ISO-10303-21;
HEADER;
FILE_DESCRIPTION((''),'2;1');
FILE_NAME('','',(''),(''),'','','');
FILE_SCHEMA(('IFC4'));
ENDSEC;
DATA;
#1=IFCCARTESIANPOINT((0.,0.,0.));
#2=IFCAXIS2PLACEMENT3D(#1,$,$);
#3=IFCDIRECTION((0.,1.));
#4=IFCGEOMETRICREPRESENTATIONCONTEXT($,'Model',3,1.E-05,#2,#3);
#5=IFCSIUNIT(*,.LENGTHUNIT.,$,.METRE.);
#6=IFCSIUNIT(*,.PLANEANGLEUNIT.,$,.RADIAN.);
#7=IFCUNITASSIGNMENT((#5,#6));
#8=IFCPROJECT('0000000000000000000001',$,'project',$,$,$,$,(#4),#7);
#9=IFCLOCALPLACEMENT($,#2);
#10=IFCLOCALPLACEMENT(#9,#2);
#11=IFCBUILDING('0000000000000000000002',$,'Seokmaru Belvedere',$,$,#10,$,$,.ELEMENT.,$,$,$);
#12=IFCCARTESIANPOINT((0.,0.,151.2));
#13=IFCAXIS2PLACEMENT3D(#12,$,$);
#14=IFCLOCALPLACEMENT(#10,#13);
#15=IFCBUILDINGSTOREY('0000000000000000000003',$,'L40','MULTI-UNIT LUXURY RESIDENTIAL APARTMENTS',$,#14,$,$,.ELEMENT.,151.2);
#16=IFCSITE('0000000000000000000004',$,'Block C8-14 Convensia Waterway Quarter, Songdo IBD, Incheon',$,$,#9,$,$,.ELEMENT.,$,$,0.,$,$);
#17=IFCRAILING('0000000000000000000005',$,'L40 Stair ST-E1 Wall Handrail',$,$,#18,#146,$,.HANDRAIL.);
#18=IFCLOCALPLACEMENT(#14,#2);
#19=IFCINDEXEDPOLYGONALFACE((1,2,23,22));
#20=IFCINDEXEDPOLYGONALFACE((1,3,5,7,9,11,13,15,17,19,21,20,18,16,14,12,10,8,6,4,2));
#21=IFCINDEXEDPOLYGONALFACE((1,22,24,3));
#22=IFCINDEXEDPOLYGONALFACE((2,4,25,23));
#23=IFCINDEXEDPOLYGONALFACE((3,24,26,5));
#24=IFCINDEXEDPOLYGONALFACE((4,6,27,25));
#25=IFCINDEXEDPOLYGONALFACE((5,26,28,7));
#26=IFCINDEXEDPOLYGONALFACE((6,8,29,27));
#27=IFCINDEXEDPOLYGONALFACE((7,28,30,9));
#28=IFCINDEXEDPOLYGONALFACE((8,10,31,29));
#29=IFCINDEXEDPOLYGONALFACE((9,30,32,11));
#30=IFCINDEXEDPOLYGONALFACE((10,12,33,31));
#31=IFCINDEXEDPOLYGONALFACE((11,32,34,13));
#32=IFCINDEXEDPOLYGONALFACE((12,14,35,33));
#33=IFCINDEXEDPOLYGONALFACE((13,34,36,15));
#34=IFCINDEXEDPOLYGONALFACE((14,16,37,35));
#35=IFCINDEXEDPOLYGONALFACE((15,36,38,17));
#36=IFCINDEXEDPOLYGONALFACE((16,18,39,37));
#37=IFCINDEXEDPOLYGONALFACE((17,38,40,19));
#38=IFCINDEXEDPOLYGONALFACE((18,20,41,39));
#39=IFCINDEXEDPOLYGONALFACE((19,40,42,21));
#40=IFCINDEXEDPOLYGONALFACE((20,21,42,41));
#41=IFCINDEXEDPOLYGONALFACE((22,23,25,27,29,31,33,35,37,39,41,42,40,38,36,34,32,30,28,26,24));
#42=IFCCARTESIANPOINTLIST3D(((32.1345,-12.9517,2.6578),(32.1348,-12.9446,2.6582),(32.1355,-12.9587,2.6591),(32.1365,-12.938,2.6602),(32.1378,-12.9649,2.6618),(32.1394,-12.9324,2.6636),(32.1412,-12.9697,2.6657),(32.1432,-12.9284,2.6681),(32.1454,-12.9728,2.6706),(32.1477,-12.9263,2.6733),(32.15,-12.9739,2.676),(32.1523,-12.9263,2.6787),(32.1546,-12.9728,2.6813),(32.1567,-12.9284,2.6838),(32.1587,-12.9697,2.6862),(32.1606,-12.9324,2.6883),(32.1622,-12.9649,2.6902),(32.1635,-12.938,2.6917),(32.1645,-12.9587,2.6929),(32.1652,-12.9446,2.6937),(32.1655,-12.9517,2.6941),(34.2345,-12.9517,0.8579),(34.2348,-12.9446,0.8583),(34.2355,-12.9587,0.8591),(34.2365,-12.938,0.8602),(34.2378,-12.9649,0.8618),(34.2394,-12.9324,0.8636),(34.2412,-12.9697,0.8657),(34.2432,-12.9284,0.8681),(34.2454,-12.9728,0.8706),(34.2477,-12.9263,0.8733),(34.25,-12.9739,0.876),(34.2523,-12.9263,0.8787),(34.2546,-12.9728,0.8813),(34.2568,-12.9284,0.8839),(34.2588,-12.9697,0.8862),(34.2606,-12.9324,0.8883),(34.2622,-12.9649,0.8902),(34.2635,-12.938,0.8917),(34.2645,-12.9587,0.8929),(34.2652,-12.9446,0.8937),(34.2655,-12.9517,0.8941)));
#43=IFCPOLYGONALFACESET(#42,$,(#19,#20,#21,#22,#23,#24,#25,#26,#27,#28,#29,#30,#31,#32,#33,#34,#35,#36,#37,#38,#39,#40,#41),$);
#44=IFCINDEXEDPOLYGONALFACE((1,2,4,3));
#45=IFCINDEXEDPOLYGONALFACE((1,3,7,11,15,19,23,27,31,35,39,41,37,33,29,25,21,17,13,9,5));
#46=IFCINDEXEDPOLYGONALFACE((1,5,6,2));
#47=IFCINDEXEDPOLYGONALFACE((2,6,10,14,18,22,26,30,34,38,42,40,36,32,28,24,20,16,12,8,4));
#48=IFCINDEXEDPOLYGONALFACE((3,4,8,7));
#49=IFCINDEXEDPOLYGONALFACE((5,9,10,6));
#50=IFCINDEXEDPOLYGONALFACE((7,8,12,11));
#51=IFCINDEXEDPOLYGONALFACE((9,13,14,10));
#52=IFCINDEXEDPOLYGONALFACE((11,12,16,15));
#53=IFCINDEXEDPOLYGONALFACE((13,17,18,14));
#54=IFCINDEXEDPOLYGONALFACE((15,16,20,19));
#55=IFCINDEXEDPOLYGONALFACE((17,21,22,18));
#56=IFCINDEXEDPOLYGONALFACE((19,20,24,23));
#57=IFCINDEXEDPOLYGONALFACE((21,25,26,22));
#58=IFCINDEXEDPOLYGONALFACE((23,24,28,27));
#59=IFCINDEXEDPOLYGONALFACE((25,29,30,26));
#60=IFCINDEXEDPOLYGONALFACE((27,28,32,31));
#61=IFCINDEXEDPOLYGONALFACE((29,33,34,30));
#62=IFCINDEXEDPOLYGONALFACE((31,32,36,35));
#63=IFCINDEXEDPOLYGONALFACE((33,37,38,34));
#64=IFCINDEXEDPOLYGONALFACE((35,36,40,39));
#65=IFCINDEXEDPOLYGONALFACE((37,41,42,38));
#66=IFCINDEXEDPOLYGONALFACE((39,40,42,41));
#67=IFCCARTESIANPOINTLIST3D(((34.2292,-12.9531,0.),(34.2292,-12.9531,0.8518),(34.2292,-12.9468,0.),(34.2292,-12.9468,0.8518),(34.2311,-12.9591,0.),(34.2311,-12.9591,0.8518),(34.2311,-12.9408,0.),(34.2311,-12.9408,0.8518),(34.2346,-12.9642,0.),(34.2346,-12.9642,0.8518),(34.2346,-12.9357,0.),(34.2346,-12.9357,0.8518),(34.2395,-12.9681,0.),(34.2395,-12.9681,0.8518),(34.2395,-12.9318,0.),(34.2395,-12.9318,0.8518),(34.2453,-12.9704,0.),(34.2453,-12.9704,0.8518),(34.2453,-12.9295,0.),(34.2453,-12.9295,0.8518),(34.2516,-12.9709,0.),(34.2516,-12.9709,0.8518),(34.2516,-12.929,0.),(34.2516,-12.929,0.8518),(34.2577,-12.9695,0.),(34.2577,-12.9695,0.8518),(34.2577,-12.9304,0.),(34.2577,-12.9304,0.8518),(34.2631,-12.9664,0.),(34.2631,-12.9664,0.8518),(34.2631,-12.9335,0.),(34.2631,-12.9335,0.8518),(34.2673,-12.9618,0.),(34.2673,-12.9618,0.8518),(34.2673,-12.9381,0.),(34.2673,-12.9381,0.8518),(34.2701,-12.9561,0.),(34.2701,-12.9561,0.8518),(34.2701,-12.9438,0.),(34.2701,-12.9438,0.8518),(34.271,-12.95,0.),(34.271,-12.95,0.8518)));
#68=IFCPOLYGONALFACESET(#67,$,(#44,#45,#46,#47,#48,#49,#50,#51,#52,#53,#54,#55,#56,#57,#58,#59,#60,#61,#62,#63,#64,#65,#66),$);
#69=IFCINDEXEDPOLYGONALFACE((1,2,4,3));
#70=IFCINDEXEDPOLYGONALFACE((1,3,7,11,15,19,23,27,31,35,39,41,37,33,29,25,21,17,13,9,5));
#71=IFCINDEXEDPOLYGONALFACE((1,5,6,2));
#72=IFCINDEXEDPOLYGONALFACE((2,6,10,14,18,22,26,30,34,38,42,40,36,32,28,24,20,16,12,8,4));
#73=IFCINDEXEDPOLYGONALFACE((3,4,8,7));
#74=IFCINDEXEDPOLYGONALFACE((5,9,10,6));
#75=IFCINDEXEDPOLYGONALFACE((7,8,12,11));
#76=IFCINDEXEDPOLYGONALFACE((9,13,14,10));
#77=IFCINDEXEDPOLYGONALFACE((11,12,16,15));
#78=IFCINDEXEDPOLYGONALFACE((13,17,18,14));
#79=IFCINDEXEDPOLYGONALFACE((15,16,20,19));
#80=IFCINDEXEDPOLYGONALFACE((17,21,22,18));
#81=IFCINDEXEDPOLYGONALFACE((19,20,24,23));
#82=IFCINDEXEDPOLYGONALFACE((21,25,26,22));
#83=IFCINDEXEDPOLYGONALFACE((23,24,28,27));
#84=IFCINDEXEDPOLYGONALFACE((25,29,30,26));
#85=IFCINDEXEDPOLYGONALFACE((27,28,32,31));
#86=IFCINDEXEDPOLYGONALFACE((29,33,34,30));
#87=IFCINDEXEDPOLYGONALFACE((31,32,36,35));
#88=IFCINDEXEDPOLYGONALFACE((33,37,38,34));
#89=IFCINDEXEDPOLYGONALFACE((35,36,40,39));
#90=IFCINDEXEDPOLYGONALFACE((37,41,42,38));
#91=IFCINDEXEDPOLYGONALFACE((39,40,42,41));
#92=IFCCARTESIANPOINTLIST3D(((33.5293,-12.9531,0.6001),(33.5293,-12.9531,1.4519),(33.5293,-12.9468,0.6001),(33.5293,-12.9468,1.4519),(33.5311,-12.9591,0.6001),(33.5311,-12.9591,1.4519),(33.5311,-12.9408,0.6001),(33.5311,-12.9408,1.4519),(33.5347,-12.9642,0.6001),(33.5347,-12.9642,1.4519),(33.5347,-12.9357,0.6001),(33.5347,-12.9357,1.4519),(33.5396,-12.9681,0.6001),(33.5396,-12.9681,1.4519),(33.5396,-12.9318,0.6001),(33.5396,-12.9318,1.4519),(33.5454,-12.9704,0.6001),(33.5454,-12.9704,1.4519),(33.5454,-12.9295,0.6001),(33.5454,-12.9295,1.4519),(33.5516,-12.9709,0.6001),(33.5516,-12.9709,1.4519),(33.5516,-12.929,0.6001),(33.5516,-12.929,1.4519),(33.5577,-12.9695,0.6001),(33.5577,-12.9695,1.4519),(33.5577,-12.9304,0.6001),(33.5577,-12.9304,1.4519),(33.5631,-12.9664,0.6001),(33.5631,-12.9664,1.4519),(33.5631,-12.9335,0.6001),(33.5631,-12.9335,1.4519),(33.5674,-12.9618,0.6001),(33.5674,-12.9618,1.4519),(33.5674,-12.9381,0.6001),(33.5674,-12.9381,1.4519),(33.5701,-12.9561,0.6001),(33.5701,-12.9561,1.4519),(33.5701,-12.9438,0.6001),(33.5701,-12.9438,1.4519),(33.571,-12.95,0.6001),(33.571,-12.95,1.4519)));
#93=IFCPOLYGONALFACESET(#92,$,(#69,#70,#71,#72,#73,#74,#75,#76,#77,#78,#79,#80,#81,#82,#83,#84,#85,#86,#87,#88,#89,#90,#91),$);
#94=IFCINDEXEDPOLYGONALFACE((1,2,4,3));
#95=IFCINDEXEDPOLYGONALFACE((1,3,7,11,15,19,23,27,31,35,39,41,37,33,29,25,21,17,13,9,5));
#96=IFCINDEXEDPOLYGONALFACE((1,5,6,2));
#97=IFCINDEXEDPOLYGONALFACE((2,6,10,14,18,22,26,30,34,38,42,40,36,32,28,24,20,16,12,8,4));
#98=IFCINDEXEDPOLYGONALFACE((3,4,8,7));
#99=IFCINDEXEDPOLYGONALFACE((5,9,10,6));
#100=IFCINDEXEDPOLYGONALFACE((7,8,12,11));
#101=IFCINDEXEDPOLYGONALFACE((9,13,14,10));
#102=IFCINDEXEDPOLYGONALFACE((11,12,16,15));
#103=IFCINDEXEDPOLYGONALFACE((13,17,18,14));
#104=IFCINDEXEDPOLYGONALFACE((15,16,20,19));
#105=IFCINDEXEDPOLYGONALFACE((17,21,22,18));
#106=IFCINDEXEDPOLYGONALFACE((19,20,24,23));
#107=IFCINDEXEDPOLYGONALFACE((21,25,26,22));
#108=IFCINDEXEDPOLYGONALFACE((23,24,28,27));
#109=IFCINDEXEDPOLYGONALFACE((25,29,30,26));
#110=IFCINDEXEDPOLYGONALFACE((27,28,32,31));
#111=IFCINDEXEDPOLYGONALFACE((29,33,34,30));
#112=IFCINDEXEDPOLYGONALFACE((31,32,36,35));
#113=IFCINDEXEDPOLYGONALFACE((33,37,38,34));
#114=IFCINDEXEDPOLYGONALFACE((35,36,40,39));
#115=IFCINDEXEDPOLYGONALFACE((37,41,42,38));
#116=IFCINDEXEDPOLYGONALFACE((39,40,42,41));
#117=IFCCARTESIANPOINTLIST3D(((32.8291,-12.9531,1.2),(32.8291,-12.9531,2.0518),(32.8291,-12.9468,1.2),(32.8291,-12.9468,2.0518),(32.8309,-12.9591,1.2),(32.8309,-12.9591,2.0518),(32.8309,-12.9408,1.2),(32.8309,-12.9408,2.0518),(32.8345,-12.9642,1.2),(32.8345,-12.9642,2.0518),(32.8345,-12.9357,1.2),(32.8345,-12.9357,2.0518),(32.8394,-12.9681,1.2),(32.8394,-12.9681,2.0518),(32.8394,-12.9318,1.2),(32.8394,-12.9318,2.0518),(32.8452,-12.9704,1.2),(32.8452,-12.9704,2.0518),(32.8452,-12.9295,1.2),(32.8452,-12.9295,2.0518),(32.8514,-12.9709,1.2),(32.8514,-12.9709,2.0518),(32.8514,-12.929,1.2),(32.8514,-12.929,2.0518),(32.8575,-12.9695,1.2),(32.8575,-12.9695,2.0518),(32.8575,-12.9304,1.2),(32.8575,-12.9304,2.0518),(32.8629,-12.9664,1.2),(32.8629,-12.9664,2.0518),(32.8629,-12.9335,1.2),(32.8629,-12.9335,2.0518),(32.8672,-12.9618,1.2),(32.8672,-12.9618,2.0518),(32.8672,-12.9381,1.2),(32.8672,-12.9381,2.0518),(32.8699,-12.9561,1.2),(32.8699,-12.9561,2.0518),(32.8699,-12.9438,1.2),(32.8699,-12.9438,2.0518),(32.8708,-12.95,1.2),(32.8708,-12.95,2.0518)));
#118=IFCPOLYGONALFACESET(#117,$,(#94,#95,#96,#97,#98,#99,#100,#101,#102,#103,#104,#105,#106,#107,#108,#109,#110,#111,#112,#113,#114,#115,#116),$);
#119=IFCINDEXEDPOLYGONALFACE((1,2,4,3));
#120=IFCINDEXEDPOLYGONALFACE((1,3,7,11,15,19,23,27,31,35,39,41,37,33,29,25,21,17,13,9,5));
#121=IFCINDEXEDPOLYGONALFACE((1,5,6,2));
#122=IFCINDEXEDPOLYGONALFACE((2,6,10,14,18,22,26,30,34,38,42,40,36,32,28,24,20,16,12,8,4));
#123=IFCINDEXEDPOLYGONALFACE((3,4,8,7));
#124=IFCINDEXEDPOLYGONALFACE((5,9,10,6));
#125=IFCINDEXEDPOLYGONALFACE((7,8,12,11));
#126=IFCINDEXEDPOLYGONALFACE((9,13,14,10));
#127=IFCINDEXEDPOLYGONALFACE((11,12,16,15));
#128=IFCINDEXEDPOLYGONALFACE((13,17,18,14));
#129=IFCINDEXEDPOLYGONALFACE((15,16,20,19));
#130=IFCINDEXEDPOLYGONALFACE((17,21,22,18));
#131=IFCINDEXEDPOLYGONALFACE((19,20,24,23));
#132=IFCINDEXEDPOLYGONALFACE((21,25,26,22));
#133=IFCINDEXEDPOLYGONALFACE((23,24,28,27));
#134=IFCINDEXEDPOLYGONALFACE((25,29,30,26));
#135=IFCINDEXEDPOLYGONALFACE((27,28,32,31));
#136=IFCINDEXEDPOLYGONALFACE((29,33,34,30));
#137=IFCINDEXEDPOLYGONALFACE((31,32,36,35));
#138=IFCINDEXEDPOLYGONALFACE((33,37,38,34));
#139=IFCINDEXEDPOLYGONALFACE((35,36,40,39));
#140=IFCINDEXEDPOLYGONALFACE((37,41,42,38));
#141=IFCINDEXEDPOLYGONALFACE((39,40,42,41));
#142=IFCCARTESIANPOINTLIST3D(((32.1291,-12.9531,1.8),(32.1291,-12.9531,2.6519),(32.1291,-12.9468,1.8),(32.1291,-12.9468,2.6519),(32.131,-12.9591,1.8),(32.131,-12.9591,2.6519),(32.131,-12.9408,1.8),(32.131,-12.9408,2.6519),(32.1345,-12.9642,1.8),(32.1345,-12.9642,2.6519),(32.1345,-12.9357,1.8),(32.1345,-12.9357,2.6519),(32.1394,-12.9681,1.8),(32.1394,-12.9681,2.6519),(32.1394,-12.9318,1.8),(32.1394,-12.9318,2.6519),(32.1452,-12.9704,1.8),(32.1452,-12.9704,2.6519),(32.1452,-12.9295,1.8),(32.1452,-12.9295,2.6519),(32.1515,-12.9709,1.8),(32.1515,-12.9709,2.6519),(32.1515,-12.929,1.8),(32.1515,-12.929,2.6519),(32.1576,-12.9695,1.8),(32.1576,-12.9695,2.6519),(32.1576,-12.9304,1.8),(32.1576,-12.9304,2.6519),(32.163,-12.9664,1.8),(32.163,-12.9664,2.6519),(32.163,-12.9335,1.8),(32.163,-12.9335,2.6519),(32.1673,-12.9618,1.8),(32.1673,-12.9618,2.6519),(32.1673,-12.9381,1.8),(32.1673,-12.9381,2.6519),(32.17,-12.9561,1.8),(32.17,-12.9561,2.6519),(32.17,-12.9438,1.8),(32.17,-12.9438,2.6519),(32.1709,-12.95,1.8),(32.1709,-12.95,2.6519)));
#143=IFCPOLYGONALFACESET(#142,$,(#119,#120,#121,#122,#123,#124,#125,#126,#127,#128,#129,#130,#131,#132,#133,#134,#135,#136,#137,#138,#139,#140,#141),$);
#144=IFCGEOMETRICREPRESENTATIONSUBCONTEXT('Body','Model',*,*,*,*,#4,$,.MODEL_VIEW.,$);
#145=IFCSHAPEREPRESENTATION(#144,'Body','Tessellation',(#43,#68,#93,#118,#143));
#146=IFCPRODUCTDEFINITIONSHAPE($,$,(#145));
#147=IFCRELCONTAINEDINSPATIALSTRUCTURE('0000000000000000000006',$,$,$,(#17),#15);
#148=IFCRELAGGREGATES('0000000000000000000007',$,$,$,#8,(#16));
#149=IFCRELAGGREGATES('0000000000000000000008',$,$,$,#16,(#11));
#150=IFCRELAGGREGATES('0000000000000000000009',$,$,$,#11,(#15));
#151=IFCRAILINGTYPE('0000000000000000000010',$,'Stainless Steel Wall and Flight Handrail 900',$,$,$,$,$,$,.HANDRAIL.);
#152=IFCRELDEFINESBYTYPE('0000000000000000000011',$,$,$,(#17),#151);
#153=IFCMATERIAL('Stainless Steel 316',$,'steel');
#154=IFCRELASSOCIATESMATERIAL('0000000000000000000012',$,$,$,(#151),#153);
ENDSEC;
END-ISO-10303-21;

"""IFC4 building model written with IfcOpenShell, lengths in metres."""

from ifc_helpers import new_model, si_unit, direction, frame, origin, origin_2d, place, context, subcontext, project, spatial, circle, extrude, material, type_object, element, save


model = new_model("IFC4")

# Units and contexts
model_context = context("Model", 3, precision=1e-05, world=origin(), true_north=direction((0.0, 1.0)))
body_context = subcontext(model_context, "Body", "Model", "MODEL_VIEW")
ifc_project = project(units=[si_unit("LENGTHUNIT", "METRE"), si_unit("PLANEANGLEUNIT", "RADIAN")], contexts=[model_context])

# Site, building, storey
site_placement = place(None, origin())
site = spatial("IfcSite", under=ifc_project, at=site_placement, Name="Block C8-14 Convensia Waterway Quarter, Songdo IBD, Incheon", CompositionType="ELEMENT", RefElevation=0.0)
building_placement = place(site_placement, origin())
building = spatial("IfcBuilding", under=site, at=building_placement, Name="Seokmaru Belvedere", CompositionType="ELEMENT")
storey_placement = place(building_placement, frame((0.0, 0.0, 151.2)))
storey = spatial("IfcBuildingStorey", under=building, at=storey_placement, Name="L40", Description="MULTI-UNIT LUXURY RESIDENTIAL APARTMENTS", CompositionType="ELEMENT", Elevation=151.2)

# Shared definitions
ifc_material_1 = material(Name="Stainless Steel 316", Category="steel")

# Railing
railing_type_1 = type_object("IfcRailingType", Name="Stainless Steel Wall and Flight Handrail 900", PredefinedType="HANDRAIL", material=ifc_material_1)
railing_1_placement = place(storey_placement, frame((34.25, -12.95, 0.0)))
element("IfcRailing", 1, at=railing_1_placement, inside=storey, type_object=railing_type_1, Name="L40 Stair ST-E1 Wall Handrail", PredefinedType="HANDRAIL", context=body_context, shape_type="SweptSolid", body=[
    extrude(circle(Radius=0.0239, at=origin_2d()), frame((0.0, 0.0, 0.876), z_axis=(-0.759263, 0.0, 0.650784), x_axis=(0.0, -1.0, 0.0)), (0.0, 0.0, 1.0), 2.7659),
    extrude(circle(Radius=0.021, at=origin_2d()), origin(), (0.0, 0.0, 1.0), 0.8518),
    extrude(circle(Radius=0.021, at=origin_2d()), frame((-0.7, 0.0, 0.6001)), (0.0, 0.0, 1.0), 0.8518),
    extrude(circle(Radius=0.021, at=origin_2d()), frame((-1.4001, 0.0, 1.2)), (0.0, 0.0, 1.0), 0.8518),
    extrude(circle(Radius=0.021, at=origin_2d()), frame((-2.1001, 0.0, 1.8)), (0.0, 0.0, 1.0), 0.8518),
])

save(model, "model.ifc")
